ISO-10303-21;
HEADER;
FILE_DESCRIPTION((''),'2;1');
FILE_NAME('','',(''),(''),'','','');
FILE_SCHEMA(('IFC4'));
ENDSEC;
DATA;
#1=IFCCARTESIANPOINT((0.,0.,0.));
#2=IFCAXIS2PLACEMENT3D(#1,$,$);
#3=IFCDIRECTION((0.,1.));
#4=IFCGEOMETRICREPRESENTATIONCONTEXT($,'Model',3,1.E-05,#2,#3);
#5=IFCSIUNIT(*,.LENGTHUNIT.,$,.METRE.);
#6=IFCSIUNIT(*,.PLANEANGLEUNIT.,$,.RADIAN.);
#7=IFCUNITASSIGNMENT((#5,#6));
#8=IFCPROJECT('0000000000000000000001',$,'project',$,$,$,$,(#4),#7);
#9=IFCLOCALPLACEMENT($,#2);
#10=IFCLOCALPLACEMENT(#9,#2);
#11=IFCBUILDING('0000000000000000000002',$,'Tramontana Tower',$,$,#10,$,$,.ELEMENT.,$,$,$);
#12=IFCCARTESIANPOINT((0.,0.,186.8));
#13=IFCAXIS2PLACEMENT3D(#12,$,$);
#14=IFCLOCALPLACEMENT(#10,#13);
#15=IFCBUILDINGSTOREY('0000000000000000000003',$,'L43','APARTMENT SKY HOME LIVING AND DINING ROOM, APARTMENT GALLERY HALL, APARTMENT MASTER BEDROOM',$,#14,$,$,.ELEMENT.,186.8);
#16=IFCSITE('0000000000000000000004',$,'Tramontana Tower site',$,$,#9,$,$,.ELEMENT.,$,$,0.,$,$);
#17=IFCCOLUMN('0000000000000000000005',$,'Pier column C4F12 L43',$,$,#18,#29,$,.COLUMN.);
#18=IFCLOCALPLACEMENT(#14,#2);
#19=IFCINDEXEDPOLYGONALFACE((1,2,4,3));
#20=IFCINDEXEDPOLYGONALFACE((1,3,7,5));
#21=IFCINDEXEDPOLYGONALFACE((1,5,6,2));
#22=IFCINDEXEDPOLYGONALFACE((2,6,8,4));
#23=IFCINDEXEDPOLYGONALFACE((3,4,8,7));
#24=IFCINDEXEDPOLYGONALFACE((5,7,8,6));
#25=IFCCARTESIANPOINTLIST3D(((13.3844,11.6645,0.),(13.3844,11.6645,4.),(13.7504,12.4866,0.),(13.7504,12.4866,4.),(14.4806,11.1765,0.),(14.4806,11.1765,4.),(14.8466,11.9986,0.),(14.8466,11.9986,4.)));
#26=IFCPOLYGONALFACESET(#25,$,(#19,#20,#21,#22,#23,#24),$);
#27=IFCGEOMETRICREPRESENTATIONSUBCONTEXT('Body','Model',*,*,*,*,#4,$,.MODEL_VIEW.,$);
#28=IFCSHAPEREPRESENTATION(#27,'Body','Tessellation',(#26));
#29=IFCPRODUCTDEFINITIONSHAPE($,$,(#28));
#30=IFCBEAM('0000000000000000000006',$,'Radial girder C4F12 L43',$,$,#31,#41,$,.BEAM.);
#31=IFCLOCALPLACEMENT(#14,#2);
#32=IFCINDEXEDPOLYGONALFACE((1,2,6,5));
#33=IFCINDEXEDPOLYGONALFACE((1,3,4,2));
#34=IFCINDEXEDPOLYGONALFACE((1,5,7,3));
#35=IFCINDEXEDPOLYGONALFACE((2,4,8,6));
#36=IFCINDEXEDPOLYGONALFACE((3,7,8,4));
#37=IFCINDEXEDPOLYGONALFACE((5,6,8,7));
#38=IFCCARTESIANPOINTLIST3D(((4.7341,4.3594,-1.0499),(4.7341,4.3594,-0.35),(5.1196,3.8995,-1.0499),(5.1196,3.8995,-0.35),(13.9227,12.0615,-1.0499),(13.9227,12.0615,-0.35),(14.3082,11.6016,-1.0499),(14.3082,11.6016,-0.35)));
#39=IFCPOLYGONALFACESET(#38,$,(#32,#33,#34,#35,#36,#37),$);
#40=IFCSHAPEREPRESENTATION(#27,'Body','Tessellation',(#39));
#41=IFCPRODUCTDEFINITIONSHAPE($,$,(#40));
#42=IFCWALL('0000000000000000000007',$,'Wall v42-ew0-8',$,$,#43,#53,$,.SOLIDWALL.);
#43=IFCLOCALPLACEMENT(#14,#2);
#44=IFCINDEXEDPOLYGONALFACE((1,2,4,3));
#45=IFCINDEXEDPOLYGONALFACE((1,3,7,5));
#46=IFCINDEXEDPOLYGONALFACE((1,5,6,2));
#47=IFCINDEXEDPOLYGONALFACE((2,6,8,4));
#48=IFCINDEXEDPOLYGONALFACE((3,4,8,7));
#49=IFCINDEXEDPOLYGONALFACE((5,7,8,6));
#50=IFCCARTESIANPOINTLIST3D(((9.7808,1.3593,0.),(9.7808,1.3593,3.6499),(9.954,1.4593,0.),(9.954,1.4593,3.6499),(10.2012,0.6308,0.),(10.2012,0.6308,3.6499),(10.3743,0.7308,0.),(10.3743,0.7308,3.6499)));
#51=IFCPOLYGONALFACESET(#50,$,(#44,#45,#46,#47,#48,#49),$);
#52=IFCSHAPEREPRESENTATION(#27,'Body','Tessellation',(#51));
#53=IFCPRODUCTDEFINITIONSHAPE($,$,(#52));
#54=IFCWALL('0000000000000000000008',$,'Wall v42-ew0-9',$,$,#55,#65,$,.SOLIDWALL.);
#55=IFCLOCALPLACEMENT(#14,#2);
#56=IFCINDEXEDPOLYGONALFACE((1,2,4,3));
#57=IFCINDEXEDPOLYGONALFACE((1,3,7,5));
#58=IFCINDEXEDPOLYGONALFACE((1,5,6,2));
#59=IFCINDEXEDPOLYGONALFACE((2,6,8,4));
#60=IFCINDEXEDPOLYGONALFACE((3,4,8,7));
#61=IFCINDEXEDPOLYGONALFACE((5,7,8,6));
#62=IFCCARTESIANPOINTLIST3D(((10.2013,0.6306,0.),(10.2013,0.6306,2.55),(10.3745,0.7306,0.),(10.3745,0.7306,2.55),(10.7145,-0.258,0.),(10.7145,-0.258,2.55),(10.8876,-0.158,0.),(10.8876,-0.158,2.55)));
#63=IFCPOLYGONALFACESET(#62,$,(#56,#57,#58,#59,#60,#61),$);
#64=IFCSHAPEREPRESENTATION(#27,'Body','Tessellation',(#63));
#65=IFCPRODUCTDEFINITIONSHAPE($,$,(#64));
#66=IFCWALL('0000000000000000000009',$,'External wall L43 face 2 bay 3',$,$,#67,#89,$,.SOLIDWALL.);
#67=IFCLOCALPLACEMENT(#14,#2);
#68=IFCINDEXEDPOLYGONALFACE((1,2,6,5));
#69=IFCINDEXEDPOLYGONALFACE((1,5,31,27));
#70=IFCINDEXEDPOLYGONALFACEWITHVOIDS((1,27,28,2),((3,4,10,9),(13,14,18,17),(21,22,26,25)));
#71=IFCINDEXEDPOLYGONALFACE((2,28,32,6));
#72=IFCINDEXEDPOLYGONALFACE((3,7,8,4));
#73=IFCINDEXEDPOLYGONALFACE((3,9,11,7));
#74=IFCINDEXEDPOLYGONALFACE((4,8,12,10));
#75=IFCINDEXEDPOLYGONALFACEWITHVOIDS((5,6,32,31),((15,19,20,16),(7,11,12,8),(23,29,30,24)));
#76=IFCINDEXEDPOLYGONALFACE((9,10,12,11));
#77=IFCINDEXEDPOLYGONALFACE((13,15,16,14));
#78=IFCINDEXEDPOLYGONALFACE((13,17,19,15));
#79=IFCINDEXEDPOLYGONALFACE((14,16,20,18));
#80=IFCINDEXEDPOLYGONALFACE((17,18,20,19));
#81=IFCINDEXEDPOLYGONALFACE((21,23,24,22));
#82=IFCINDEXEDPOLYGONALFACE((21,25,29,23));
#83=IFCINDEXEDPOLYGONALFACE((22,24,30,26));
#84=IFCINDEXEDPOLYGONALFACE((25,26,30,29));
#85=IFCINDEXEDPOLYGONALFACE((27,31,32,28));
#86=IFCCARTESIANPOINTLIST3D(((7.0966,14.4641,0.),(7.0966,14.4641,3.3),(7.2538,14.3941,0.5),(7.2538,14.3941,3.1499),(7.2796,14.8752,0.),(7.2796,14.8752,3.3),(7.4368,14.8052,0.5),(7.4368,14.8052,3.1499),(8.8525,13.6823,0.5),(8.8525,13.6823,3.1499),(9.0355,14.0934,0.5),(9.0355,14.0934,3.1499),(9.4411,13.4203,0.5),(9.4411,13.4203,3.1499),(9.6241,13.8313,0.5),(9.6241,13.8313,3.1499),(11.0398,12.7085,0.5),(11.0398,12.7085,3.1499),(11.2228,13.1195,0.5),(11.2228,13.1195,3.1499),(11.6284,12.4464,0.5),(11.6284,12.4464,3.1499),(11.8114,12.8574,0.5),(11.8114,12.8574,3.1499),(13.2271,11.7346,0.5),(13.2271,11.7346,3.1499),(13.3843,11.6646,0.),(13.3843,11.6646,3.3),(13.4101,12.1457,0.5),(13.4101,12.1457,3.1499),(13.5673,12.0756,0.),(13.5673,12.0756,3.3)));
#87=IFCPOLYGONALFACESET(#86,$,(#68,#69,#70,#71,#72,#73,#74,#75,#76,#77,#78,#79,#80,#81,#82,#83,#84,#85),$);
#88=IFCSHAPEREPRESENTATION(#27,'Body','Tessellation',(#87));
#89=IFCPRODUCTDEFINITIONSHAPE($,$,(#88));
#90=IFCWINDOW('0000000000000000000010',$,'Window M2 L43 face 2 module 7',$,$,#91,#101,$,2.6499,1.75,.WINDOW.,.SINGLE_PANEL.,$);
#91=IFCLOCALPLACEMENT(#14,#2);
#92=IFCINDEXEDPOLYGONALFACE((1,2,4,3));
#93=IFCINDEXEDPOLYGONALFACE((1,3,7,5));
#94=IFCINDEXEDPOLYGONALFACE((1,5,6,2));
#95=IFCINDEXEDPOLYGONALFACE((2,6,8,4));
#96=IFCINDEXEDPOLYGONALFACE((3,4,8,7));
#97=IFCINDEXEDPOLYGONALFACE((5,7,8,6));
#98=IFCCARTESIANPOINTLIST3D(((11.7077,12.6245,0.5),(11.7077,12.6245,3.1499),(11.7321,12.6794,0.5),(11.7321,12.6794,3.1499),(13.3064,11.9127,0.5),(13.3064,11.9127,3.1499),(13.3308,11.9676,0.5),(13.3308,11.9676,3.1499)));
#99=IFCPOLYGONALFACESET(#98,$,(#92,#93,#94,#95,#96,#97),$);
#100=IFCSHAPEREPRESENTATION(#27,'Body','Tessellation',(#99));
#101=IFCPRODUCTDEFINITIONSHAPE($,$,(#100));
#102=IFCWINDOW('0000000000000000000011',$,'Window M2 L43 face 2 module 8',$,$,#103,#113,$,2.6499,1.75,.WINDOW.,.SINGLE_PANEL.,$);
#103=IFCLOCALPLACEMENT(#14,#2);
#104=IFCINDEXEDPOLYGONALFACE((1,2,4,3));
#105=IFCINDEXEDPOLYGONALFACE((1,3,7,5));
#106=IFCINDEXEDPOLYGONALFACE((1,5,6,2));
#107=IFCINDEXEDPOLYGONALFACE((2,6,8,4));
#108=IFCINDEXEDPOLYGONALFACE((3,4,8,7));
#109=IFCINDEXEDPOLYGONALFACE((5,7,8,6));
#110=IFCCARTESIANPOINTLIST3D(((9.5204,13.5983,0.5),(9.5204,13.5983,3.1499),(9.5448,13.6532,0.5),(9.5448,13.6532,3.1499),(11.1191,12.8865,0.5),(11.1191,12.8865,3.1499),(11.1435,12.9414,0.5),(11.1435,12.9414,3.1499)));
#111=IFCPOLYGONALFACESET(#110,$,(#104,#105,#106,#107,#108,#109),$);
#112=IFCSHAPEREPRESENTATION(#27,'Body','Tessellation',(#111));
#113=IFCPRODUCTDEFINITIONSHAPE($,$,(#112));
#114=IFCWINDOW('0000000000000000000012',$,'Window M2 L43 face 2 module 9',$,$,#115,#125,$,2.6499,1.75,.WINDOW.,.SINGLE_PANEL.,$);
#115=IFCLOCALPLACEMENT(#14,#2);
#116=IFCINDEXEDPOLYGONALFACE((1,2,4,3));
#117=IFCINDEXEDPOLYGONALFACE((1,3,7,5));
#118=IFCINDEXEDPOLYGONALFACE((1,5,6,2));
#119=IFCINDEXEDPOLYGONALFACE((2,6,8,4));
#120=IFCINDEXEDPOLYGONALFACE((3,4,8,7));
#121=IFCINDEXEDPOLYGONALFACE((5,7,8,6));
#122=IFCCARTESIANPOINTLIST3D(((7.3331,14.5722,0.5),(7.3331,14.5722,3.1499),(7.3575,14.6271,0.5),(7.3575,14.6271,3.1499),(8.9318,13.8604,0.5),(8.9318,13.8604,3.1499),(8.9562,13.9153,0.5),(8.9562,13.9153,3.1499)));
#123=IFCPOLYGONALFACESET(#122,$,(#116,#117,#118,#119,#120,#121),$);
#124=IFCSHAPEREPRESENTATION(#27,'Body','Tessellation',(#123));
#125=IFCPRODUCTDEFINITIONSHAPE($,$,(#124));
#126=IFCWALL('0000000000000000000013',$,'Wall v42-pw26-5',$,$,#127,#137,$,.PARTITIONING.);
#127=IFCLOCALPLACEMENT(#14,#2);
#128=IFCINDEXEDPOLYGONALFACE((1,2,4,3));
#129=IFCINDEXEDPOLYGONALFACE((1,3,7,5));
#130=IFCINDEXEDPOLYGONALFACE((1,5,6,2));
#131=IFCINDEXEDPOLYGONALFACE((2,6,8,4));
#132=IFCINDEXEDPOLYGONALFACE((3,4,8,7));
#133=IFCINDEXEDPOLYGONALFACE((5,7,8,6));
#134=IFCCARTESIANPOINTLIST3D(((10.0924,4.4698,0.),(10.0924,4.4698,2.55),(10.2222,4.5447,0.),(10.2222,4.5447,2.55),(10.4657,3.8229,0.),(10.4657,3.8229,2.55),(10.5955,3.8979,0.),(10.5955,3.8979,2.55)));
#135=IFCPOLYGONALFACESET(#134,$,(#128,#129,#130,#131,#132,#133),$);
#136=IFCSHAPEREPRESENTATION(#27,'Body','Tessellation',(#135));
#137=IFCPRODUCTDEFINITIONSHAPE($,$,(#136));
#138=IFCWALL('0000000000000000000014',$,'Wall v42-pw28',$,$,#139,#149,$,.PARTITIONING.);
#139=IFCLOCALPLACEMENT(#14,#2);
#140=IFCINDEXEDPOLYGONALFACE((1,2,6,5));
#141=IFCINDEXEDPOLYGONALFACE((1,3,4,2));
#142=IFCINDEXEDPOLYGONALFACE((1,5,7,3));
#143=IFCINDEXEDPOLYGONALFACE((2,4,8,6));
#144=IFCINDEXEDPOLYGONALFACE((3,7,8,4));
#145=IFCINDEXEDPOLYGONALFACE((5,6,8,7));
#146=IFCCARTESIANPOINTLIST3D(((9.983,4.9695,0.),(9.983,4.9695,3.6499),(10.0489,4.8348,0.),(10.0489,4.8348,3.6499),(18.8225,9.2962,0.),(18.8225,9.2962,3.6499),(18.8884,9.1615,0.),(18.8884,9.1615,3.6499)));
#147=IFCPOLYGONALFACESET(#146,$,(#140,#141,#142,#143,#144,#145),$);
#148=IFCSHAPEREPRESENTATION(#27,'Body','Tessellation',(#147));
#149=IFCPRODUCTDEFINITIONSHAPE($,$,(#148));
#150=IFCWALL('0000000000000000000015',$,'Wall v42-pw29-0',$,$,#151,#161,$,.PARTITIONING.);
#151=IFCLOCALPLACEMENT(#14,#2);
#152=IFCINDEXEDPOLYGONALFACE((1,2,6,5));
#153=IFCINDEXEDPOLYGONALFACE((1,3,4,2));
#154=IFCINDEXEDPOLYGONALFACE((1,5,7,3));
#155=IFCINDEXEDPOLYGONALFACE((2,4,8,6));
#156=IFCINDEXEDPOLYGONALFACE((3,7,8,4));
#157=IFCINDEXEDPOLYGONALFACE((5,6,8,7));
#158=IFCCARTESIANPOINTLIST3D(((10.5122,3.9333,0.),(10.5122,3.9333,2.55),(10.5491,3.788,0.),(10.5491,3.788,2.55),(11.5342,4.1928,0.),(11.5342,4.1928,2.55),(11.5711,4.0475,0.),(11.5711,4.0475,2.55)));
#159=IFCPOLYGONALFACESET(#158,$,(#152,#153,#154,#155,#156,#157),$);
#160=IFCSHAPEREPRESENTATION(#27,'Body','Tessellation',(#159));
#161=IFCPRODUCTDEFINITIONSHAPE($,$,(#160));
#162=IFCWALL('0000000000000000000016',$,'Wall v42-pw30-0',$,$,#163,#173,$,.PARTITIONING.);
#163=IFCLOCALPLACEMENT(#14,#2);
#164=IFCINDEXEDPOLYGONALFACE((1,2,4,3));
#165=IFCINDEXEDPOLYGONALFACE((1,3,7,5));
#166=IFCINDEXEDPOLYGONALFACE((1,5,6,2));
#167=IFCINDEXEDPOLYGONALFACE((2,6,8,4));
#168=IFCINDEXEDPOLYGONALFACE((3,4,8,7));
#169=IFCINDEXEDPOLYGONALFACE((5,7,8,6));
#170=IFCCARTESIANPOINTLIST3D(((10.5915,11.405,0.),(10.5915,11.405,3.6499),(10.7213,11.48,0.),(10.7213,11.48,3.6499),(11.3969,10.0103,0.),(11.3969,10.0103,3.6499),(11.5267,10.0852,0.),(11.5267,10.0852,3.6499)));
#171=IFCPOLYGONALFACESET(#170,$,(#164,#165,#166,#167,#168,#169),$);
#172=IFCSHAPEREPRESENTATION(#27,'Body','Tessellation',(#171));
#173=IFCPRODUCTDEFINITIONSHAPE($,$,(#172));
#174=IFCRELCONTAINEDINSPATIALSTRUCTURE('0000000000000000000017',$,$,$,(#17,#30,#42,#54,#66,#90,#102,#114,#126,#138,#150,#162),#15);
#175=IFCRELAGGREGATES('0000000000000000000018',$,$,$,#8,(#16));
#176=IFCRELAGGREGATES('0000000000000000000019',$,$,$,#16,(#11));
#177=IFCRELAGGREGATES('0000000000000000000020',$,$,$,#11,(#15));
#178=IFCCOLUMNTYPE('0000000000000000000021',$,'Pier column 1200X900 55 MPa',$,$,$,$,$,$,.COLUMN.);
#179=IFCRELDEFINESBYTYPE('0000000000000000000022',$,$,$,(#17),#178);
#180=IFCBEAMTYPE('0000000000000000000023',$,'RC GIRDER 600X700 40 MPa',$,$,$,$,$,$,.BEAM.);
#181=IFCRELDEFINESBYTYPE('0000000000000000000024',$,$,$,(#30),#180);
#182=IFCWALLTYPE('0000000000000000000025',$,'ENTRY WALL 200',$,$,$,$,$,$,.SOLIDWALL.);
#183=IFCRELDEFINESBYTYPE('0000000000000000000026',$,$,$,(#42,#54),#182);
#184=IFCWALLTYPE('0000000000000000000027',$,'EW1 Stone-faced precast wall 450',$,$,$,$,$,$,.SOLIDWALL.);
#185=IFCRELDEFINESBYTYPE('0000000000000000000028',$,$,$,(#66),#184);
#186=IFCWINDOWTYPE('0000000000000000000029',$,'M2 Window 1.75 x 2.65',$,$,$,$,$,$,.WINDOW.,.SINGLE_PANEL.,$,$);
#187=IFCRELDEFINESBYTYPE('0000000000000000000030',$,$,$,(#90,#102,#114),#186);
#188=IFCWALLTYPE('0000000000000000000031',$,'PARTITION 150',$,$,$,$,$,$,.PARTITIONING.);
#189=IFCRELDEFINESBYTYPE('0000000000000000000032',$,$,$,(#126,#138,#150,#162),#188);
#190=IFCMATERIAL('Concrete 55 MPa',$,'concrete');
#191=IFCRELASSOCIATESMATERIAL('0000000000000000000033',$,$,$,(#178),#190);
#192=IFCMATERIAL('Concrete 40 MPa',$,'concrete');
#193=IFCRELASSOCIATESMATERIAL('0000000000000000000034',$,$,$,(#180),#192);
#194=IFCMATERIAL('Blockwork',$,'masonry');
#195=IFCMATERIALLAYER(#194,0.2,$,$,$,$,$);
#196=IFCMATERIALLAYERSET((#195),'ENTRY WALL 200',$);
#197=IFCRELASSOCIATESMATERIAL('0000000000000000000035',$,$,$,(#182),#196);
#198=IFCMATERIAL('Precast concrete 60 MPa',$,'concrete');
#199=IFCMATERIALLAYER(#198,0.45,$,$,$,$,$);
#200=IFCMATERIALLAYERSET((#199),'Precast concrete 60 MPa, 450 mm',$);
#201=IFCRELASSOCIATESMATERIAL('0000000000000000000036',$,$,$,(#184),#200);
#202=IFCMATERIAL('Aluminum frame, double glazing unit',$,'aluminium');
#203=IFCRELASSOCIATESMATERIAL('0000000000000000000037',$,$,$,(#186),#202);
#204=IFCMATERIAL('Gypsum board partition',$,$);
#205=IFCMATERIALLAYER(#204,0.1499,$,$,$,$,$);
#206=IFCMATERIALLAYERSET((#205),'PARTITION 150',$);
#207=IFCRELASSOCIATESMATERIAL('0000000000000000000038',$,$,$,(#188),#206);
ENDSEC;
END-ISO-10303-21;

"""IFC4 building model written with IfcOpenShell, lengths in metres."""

from ifc_helpers import new_model, si_unit, direction, frame, frame_2d, origin, origin_2d, place, context, subcontext, project, spatial, rectangle, extrude, material, layer, layer_set, material_profile, profile_set, type_object, element, fill, save


model = new_model("IFC4")

# Units and contexts
model_context = context("Model", 3, precision=1e-05, world=origin(), true_north=direction((0.0, 1.0)))
body_context = subcontext(model_context, "Body", "Model", "MODEL_VIEW")
ifc_project = project(units=[si_unit("LENGTHUNIT", "METRE"), si_unit("PLANEANGLEUNIT", "RADIAN")], contexts=[model_context])

# Site, building, storey
site_placement = place(None, origin())
site = spatial("IfcSite", under=ifc_project, at=site_placement, Name="Tramontana Tower site", CompositionType="ELEMENT", RefElevation=0.0)
building_placement = place(site_placement, origin())
building = spatial("IfcBuilding", under=site, at=building_placement, Name="Tramontana Tower", CompositionType="ELEMENT")
storey_placement = place(building_placement, frame((0.0, 0.0, 186.8)))
storey = spatial("IfcBuildingStorey", under=building, at=storey_placement, Name="L43", Description="APARTMENT SKY HOME LIVING AND DINING ROOM, APARTMENT GALLERY HALL, APARTMENT MASTER BEDROOM", CompositionType="ELEMENT", Elevation=186.8)

# Column
ifc_material_1 = material(Name="Concrete 55 MPa", Category="concrete")
ifc_material_profile_1 = material_profile(ifc_material_1, rectangle(XDim=1.2, YDim=0.8999, at=origin_2d()), Name="Pier column 1200X900 55 MPa")
ifc_profile_set_1 = profile_set([ifc_material_profile_1], Name="Concrete 55 MPa")
column_type = type_object("IfcColumnType", Name="Pier column 1200X900 55 MPa", PredefinedType="COLUMN", material=ifc_profile_set_1)
column_placement = place(storey_placement, frame((14.1155, 11.8315, 0.0), z_axis=(0.0, 0.0, 1.0), x_axis=(-0.913545, 0.406737, 0.0)))
element("IfcColumn", 1, at=column_placement, inside=storey, type_object=column_type, Name="Pier column C4F12 L43", PredefinedType="COLUMN", context=body_context, shape_type="SweptSolid", body=[
    extrude(rectangle(XDim=1.2, YDim=0.8999, at=origin_2d()), origin(), (0.0, 0.0, 1.0), 4.0),
])

# Beam
ifc_material_2 = material(Name="Concrete 40 MPa", Category="concrete")
ifc_material_profile_2 = material_profile(ifc_material_2, rectangle(XDim=0.6001, YDim=0.7, at=origin_2d()), Name="RC GIRDER 600X700 40 MPa")
ifc_profile_set_2 = profile_set([ifc_material_profile_2], Name="Concrete 40 MPa")
beam_type = type_object("IfcBeamType", Name="RC GIRDER 600X700 40 MPa", PredefinedType="BEAM", material=ifc_profile_set_2)
beam_placement = place(storey_placement, frame((14.1155, 11.8315, -0.7), z_axis=(-0.766377, -0.642391, 0.0), x_axis=(0.642391, -0.766377, 0.0)))
element("IfcBeam", 2, at=beam_placement, inside=storey, type_object=beam_type, Name="Radial girder C4F12 L43", PredefinedType="BEAM", context=body_context, shape_type="SweptSolid", body=[
    extrude(rectangle(XDim=0.6001, YDim=0.7, at=origin_2d()), origin(), (0.0, 0.0, 1.0), 11.9897),
])

# Walls
ifc_material_3 = material(Name="Blockwork", Category="masonry")
ifc_layer_1 = layer(ifc_material_3, 0.2)
ifc_layer_set_1 = layer_set([ifc_layer_1], Name="ENTRY WALL 200")
wall_type_1 = type_object("IfcWallType", Name="ENTRY WALL 200", PredefinedType="SOLIDWALL", material=ifc_layer_set_1)
wall_1_placement = place(storey_placement, frame((9.8674, 1.4092, 0.0), z_axis=(0.0, 0.0, 1.0), x_axis=(0.499823, -0.866128, 0.0)))
element("IfcWall", 3, at=wall_1_placement, inside=storey, type_object=wall_type_1, Name="Wall v42-ew0-8", PredefinedType="SOLIDWALL", context=body_context, shape_type="SweptSolid", body=[
    extrude(rectangle(XDim=0.8411, YDim=0.2, at=frame_2d((0.4204, 0.0))), origin(), (0.0, 0.0, 1.0), 3.6499),
])
wall_2_placement = place(storey_placement, frame((10.2878, 0.6807, 0.0), z_axis=(0.0, 0.0, 1.0), x_axis=(0.500079, -0.86598, 0.0)))
element("IfcWall", 4, at=wall_2_placement, inside=storey, type_object=wall_type_1, Name="Wall v42-ew0-9", PredefinedType="SOLIDWALL", context=body_context, shape_type="SweptSolid", body=[
    extrude(rectangle(XDim=1.0261, YDim=0.2, at=frame_2d((0.5132, 0.0))), origin(), (0.0, 0.0, 1.0), 2.55),
])

# Wall, openings, windows
ifc_material_4 = material(Name="Precast concrete 60 MPa", Category="concrete")
ifc_layer_2 = layer(ifc_material_4, 0.45)
ifc_layer_set_2 = layer_set([ifc_layer_2], Name="Precast concrete 60 MPa, 450 mm")
wall_type_2 = type_object("IfcWallType", Name="EW1 Stone-faced precast wall 450", PredefinedType="SOLIDWALL", material=ifc_layer_set_2)
wall_3_placement = place(storey_placement, frame((13.4758, 11.8701, 0.0), z_axis=(0.0, 0.0, 1.0), x_axis=(-0.913544, 0.406741, 0.0)))
wall_3 = element("IfcWall", 5, at=wall_3_placement, inside=storey, type_object=wall_type_2, Name="External wall L43 face 2 bay 3", PredefinedType="SOLIDWALL", context=body_context, shape_type="SweptSolid", body=[
    extrude(rectangle(XDim=6.8828, YDim=0.45, at=frame_2d((3.4414, 0.0))), origin(), (0.0, 0.0, 1.0), 3.3),
])
opening_1_placement = place(wall_3_placement, frame((0.1721, 0.0, 0.5)))
opening_1 = element("IfcOpeningElement", 6, at=opening_1_placement, cuts=wall_3, PredefinedType="OPENING", context=body_context, shape_type="SweptSolid", body=[
    extrude(rectangle(XDim=1.75, YDim=2.6499, at=frame_2d((0.875, 1.325))), frame((0.0, 0.2349, 0.0), z_axis=(0.0, -1.0, 0.0), x_axis=(1.0, 0.0, 0.0)), (0.0, 0.0, 1.0), 0.47),
])
opening_2_placement = place(wall_3_placement, frame((2.5664, 0.0, 0.5)))
opening_2 = element("IfcOpeningElement", 7, at=opening_2_placement, cuts=wall_3, PredefinedType="OPENING", context=body_context, shape_type="SweptSolid", body=[
    extrude(rectangle(XDim=1.75, YDim=2.6499, at=frame_2d((0.875, 1.325))), frame((0.0, 0.2349, 0.0), z_axis=(0.0, -1.0, 0.0), x_axis=(1.0, 0.0, 0.0)), (0.0, 0.0, 1.0), 0.47),
])
opening_3_placement = place(wall_3_placement, frame((4.9607, 0.0, 0.5)))
opening_3 = element("IfcOpeningElement", 8, at=opening_3_placement, cuts=wall_3, PredefinedType="OPENING", context=body_context, shape_type="SweptSolid", body=[
    extrude(rectangle(XDim=1.75, YDim=2.6499, at=frame_2d((0.875, 1.325))), frame((0.0, 0.2349, 0.0), z_axis=(0.0, -1.0, 0.0), x_axis=(1.0, 0.0, 0.0)), (0.0, 0.0, 1.0), 0.47),
])
ifc_material_5 = material(Name="Aluminum frame, double glazing unit", Category="aluminium")
window_type = type_object("IfcWindowType", Name="M2 Window 1.75 x 2.65", PartitioningType="SINGLE_PANEL", PredefinedType="WINDOW", material=ifc_material_5)
window_1_placement = place(opening_1_placement, origin())
window_1 = element("IfcWindow", 9, at=window_1_placement, inside=storey, type_object=window_type, Name="Window M2 L43 face 2 module 7", OverallHeight=2.6499, OverallWidth=1.75, PartitioningType="SINGLE_PANEL", PredefinedType="WINDOW", context=body_context, shape_type="SweptSolid", body=[
    extrude(rectangle(XDim=1.75, YDim=2.6499, at=frame_2d((0.875, 1.325))), frame((0.0, 0.03, 0.0), z_axis=(0.0, -1.0, 0.0), x_axis=(1.0, 0.0, 0.0)), (0.0, 0.0, 1.0), 0.0601),
])
fill(opening_1, window_1)
window_2_placement = place(opening_2_placement, origin())
window_2 = element("IfcWindow", 10, at=window_2_placement, inside=storey, type_object=window_type, Name="Window M2 L43 face 2 module 8", OverallHeight=2.6499, OverallWidth=1.75, PartitioningType="SINGLE_PANEL", PredefinedType="WINDOW", context=body_context, shape_type="SweptSolid", body=[
    extrude(rectangle(XDim=1.75, YDim=2.6499, at=frame_2d((0.875, 1.325))), frame((0.0, 0.03, 0.0), z_axis=(0.0, -1.0, 0.0), x_axis=(1.0, 0.0, 0.0)), (0.0, 0.0, 1.0), 0.0601),
])
fill(opening_2, window_2)
window_3_placement = place(opening_3_placement, origin())
window_3 = element("IfcWindow", 11, at=window_3_placement, inside=storey, type_object=window_type, Name="Window M2 L43 face 2 module 9", OverallHeight=2.6499, OverallWidth=1.75, PartitioningType="SINGLE_PANEL", PredefinedType="WINDOW", context=body_context, shape_type="SweptSolid", body=[
    extrude(rectangle(XDim=1.75, YDim=2.6499, at=frame_2d((0.875, 1.325))), frame((0.0, 0.03, 0.0), z_axis=(0.0, -1.0, 0.0), x_axis=(1.0, 0.0, 0.0)), (0.0, 0.0, 1.0), 0.0601),
])
fill(opening_3, window_3)

# Walls
ifc_material_6 = material(Name="Gypsum board partition")
ifc_layer_3 = layer(ifc_material_6, 0.1499)
ifc_layer_set_3 = layer_set([ifc_layer_3], Name="PARTITION 150")
wall_type_3 = type_object("IfcWallType", Name="PARTITION 150", PredefinedType="PARTITIONING", material=ifc_layer_set_3)
wall_4_placement = place(storey_placement, frame((10.1572, 4.5073, 0.0), z_axis=(0.0, 0.0, 1.0), x_axis=(0.499902, -0.866082, 0.0)))
element("IfcWall", 12, at=wall_4_placement, inside=storey, type_object=wall_type_3, Name="Wall v42-pw26-5", PredefinedType="PARTITIONING", context=body_context, shape_type="SweptSolid", body=[
    extrude(rectangle(XDim=0.7468, YDim=0.1499, at=frame_2d((0.3735, 0.0))), origin(), (0.0, 0.0, 1.0), 2.55),
])
wall_5_placement = place(storey_placement, frame((10.0159, 4.9021, 0.0), z_axis=(0.0, 0.0, 1.0), x_axis=(0.898176, 0.439636, 0.0)))
element("IfcWall", 13, at=wall_5_placement, inside=storey, type_object=wall_type_3, Name="Wall v42-pw28", PredefinedType="PARTITIONING", context=body_context, shape_type="SweptSolid", body=[
    extrude(rectangle(XDim=9.8416, YDim=0.1499, at=frame_2d((4.9209, 0.0))), origin(), (0.0, 0.0, 1.0), 3.6499),
])
wall_6_placement = place(storey_placement, frame((10.5305, 3.8606, 0.0), z_axis=(0.0, 0.0, 1.0), x_axis=(0.969237, 0.24613, 0.0)))
element("IfcWall", 14, at=wall_6_placement, inside=storey, type_object=wall_type_3, Name="Wall v42-pw29-0", PredefinedType="PARTITIONING", context=body_context, shape_type="SweptSolid", body=[
    extrude(rectangle(XDim=1.0544, YDim=0.1499, at=frame_2d((0.5273, 0.0))), origin(), (0.0, 0.0, 1.0), 2.55),
])

# Wall
wall_7_placement = place(storey_placement, frame((10.6565, 11.4424, 0.0), z_axis=(0.0, 0.0, 1.0), x_axis=(0.500068, -0.865986, 0.0)))
element("IfcWall", 15, at=wall_7_placement, inside=storey, type_object=wall_type_3, Name="Wall v42-pw30-0", PredefinedType="PARTITIONING", context=body_context, shape_type="SweptSolid", body=[
    extrude(rectangle(XDim=1.6106, YDim=0.1499, at=frame_2d((0.8052, 0.0))), origin(), (0.0, 0.0, 1.0), 3.6499),
])

save(model, "model.ifc")
